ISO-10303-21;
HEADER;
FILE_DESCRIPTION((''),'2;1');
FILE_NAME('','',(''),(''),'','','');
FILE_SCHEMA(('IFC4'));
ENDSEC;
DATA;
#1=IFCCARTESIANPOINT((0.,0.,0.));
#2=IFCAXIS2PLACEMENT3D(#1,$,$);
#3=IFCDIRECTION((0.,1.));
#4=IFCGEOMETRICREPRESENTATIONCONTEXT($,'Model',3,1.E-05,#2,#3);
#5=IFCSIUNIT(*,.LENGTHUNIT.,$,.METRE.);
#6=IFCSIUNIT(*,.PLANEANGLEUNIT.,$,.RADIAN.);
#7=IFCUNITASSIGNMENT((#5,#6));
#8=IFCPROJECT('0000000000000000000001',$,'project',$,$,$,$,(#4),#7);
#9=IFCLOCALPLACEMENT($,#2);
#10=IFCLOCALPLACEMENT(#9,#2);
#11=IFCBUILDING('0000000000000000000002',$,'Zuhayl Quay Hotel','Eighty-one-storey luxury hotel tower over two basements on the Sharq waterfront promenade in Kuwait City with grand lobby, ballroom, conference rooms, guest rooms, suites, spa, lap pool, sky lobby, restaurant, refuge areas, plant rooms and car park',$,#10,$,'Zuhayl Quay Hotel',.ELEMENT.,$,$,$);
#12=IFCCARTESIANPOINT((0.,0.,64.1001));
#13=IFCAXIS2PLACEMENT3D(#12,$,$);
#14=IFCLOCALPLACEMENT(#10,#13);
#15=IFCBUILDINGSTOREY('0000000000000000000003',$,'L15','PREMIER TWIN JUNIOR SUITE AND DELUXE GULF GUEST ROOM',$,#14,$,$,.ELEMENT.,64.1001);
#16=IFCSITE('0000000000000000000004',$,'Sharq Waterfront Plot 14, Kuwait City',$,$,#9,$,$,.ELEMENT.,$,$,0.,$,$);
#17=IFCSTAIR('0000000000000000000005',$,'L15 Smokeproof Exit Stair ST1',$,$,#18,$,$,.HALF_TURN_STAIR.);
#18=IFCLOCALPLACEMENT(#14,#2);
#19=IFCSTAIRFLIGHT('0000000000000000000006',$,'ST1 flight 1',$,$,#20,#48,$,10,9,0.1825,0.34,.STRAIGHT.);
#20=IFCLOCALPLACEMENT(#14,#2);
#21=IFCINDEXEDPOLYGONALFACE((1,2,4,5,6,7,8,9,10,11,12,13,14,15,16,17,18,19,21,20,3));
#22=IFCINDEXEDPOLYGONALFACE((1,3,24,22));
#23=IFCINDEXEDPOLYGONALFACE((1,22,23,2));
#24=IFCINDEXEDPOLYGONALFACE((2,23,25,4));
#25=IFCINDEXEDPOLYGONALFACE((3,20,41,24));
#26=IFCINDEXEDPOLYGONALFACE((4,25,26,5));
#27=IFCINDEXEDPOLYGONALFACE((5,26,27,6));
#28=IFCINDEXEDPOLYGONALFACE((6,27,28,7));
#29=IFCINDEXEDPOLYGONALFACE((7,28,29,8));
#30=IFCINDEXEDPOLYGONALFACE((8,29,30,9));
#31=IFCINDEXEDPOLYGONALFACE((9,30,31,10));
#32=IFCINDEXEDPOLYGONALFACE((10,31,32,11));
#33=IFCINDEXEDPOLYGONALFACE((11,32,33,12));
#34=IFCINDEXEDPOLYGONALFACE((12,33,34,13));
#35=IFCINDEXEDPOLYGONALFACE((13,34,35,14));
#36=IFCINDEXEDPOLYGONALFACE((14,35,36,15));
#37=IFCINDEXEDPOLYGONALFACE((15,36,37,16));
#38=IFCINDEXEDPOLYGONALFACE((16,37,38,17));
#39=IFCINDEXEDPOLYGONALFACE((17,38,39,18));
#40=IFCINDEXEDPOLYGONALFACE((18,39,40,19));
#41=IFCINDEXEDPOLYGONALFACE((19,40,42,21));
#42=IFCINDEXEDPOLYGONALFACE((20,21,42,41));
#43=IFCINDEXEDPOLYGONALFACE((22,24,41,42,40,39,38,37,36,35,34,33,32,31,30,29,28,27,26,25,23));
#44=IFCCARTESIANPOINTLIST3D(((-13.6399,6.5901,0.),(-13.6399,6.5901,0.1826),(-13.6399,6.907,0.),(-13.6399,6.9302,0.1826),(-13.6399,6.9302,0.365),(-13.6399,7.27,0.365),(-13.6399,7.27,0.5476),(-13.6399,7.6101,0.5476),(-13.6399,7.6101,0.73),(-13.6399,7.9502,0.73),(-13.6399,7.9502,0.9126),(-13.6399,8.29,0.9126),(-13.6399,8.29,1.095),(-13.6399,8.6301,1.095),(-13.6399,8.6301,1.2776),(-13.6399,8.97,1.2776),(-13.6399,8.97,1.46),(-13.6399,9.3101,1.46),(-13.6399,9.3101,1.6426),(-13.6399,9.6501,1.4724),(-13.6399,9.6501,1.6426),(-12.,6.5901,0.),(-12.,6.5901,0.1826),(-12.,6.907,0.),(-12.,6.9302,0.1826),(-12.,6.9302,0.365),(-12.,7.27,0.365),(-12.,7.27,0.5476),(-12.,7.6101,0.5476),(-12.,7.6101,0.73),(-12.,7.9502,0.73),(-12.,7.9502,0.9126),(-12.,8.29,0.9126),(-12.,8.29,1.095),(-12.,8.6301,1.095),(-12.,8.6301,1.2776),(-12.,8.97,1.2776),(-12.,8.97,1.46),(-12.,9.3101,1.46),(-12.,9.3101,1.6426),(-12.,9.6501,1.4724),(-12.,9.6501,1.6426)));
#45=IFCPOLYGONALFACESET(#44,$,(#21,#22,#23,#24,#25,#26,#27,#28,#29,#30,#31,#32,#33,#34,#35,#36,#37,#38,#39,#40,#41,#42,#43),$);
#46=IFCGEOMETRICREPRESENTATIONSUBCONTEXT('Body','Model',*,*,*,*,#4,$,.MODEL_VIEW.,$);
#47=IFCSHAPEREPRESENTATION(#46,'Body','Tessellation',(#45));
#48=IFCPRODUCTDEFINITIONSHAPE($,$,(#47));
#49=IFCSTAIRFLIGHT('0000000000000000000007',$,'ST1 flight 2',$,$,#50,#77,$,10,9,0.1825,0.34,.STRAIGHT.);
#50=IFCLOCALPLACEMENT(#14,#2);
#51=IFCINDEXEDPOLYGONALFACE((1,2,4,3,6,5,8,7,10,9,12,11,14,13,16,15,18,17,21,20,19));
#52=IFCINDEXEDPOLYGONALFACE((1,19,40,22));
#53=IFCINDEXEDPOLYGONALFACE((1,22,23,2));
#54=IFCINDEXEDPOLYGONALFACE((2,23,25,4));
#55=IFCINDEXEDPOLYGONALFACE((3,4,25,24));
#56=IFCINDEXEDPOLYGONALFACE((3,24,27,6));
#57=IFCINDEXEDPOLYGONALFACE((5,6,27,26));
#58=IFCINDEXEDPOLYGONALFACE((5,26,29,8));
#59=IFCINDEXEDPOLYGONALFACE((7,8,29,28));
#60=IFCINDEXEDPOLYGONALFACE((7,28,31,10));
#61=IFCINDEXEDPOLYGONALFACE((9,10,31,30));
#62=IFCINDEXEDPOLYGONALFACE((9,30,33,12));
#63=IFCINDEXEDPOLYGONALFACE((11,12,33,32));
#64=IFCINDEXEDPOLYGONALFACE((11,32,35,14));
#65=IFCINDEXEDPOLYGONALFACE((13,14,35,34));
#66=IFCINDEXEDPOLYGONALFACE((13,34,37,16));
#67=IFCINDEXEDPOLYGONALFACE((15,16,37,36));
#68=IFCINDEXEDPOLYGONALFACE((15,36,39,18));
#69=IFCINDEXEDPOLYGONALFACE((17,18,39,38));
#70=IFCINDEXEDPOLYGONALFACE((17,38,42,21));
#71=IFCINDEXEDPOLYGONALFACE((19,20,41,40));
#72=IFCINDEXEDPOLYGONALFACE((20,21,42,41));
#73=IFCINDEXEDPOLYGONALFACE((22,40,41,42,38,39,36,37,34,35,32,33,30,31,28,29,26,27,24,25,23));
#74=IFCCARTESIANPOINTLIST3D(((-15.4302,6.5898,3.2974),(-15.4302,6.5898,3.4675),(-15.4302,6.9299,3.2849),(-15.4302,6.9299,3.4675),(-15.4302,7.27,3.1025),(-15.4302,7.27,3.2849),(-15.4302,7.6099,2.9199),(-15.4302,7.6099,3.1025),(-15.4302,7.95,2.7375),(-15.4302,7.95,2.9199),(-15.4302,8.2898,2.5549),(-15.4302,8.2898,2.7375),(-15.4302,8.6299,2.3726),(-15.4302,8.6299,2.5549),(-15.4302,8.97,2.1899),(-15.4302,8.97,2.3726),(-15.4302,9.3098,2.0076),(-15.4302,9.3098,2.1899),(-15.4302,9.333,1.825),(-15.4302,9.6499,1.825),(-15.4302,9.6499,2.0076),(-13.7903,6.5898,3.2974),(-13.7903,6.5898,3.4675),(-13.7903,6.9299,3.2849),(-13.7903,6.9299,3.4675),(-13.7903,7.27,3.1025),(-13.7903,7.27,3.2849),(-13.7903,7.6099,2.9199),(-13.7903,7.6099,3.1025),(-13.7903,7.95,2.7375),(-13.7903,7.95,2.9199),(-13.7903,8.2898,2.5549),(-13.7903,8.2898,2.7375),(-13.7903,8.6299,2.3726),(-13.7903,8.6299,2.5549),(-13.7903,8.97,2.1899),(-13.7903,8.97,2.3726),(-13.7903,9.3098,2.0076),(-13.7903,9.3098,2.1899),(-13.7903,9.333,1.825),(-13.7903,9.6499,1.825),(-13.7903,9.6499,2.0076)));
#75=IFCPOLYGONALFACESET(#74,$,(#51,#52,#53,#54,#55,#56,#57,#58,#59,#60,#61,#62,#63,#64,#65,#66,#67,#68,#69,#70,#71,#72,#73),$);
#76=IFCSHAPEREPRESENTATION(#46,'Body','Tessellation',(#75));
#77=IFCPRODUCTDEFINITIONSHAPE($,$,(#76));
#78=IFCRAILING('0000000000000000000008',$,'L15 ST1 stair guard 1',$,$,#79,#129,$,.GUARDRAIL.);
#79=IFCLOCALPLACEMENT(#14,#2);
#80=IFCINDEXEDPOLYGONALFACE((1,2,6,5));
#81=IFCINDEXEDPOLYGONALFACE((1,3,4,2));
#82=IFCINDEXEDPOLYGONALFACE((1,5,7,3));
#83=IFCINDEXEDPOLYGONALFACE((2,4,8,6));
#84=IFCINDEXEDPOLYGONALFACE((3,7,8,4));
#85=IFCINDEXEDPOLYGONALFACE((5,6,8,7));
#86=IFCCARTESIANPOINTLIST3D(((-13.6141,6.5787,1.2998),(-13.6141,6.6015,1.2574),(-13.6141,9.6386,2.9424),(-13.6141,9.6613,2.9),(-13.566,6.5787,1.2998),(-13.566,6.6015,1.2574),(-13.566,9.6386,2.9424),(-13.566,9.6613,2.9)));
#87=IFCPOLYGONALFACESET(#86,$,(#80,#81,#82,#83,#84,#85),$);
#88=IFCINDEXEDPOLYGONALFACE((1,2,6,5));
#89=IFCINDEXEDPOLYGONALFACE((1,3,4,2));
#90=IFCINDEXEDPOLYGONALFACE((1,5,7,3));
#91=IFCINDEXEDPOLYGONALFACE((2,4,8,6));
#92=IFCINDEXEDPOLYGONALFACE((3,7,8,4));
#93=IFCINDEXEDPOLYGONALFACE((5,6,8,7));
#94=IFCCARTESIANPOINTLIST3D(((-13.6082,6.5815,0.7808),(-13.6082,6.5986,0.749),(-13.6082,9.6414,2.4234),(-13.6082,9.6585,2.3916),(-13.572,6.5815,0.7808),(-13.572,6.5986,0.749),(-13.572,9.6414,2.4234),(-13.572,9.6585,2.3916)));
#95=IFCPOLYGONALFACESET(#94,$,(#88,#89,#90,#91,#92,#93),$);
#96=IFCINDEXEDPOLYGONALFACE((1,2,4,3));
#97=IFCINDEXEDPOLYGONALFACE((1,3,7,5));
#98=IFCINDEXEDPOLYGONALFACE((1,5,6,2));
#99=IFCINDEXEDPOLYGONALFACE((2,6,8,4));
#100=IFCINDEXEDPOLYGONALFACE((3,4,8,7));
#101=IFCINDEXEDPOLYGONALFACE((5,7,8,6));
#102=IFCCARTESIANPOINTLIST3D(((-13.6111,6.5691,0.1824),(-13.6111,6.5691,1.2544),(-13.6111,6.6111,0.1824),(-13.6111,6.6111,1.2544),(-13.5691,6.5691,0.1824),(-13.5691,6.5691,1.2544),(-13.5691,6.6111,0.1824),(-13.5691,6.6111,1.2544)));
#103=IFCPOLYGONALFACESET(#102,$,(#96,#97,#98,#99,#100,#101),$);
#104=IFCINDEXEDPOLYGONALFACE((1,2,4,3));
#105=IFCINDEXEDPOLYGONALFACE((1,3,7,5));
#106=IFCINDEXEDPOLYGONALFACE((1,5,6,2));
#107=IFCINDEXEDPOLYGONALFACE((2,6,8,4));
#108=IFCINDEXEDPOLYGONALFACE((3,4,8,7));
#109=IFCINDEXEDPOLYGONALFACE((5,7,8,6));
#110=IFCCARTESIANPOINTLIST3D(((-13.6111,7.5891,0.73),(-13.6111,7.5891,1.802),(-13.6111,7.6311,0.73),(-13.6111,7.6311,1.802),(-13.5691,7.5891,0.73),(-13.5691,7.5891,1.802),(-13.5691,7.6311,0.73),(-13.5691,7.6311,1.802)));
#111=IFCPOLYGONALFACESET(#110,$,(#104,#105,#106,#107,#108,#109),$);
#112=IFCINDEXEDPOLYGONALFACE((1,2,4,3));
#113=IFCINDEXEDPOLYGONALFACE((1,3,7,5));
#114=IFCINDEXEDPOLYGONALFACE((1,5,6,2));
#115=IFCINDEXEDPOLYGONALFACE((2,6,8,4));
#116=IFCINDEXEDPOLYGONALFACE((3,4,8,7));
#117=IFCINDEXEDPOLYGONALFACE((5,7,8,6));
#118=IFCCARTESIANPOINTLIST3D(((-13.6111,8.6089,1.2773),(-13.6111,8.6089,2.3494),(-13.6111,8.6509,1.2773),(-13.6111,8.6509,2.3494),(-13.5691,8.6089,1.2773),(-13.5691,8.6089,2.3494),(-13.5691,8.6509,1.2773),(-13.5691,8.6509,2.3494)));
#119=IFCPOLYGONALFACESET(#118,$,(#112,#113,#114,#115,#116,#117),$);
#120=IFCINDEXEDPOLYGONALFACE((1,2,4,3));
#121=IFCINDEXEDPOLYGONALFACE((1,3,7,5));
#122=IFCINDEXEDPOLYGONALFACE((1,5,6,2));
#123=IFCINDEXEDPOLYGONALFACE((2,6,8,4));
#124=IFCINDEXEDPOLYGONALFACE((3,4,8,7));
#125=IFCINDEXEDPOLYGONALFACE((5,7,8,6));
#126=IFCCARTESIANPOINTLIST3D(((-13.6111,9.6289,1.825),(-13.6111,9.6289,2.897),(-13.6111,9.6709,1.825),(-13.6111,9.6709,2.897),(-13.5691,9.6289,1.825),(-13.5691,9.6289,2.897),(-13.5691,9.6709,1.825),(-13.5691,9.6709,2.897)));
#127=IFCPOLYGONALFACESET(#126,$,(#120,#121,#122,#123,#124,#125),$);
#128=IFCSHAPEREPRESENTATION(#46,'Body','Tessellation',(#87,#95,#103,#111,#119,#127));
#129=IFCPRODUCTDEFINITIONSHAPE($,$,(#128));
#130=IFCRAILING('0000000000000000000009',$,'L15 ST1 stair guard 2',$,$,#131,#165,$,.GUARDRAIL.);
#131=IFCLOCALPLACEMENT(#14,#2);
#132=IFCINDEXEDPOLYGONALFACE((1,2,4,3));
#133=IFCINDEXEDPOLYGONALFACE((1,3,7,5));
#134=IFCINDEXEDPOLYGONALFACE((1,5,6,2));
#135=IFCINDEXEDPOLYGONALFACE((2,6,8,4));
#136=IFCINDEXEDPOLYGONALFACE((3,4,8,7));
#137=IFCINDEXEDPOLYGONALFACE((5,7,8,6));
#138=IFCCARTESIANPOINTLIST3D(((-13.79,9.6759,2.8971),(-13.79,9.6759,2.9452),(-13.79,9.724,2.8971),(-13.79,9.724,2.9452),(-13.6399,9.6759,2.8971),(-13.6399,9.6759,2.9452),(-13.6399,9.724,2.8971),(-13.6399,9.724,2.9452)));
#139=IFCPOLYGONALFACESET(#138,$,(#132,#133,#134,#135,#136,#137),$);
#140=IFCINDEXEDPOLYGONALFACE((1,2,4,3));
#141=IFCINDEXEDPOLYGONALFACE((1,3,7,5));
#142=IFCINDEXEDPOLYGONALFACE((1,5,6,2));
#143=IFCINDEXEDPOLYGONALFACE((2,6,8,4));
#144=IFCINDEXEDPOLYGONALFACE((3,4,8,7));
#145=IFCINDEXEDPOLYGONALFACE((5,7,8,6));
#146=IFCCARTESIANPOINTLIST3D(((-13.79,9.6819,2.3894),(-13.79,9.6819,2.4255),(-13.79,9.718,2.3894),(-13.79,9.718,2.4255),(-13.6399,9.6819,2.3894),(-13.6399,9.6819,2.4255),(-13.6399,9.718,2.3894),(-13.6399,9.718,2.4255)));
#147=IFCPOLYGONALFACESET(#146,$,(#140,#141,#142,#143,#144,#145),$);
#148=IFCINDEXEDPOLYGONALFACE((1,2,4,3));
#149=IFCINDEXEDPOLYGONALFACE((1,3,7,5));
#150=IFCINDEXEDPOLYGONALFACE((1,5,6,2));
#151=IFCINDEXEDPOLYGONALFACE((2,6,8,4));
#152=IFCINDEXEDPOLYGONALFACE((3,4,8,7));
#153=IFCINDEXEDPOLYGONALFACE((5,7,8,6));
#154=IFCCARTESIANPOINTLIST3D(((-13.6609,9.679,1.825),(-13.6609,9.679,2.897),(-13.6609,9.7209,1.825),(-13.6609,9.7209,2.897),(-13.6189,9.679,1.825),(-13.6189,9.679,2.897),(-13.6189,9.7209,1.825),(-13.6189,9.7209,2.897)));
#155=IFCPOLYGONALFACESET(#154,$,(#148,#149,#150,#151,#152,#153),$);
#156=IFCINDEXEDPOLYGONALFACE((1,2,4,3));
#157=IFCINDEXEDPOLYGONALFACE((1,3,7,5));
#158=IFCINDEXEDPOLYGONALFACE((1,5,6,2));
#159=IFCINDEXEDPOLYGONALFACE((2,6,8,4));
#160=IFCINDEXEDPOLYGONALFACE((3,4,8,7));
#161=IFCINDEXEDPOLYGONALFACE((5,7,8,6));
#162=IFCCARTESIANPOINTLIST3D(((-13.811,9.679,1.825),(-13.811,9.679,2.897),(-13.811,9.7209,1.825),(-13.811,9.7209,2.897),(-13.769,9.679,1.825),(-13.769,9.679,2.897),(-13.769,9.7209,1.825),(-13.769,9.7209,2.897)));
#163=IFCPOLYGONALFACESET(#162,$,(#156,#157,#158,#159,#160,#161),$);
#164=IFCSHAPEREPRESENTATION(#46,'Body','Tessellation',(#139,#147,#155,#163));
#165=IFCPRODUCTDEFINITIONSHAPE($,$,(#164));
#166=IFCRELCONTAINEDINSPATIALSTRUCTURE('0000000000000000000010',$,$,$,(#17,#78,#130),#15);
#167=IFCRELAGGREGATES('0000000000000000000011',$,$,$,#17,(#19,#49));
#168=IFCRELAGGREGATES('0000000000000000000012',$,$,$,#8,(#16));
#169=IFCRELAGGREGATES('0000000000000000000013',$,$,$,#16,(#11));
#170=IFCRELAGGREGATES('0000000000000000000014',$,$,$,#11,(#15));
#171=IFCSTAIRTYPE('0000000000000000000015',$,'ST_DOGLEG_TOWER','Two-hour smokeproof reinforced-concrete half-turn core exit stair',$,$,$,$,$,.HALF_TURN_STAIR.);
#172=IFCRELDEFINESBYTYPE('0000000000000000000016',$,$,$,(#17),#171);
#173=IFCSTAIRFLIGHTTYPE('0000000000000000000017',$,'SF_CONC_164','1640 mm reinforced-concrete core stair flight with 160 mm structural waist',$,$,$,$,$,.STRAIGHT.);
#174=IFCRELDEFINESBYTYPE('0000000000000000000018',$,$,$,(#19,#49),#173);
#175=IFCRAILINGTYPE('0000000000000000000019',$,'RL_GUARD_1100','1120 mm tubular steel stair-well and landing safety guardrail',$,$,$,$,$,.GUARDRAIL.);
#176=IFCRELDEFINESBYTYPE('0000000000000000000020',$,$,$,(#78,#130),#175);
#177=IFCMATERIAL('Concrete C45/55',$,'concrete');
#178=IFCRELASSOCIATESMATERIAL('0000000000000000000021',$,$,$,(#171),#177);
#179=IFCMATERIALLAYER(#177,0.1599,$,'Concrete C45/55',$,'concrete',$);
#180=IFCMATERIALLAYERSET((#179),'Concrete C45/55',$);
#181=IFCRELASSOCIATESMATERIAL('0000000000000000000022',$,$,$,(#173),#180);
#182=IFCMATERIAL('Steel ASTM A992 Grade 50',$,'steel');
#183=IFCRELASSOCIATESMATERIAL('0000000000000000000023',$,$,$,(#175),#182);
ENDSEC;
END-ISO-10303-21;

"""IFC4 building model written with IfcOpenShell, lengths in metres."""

from ifc_helpers import new_model, si_unit, direction, frame, origin, origin_2d, place, context, subcontext, project, spatial, polyline, rectangle, outline, extrude, material, layer, layer_set, type_object, element, aggregate, save


model = new_model("IFC4")

# Units and contexts
model_context = context("Model", 3, precision=1e-05, world=origin(), true_north=direction((0.0, 1.0)))
body_context = subcontext(model_context, "Body", "Model", "MODEL_VIEW")
ifc_project = project(units=[si_unit("LENGTHUNIT", "METRE"), si_unit("PLANEANGLEUNIT", "RADIAN")], contexts=[model_context])

# Site, building, storey
site_placement = place(None, origin())
site = spatial("IfcSite", under=ifc_project, at=site_placement, Name="Sharq Waterfront Plot 14, Kuwait City", CompositionType="ELEMENT", RefElevation=0.0)
building_placement = place(site_placement, origin())
building = spatial("IfcBuilding", under=site, at=building_placement, Name="Zuhayl Quay Hotel", Description="Eighty-one-storey luxury hotel tower over two basements on the Sharq waterfront promenade in Kuwait City with grand lobby, ballroom, conference rooms, guest rooms, suites, spa, lap pool, sky lobby, restaurant, refuge areas, plant rooms and car park", LongName="Zuhayl Quay Hotel", CompositionType="ELEMENT")
storey_placement = place(building_placement, frame((0.0, 0.0, 64.1001)))
storey = spatial("IfcBuildingStorey", under=building, at=storey_placement, Name="L15", Description="PREMIER TWIN JUNIOR SUITE AND DELUXE GULF GUEST ROOM", CompositionType="ELEMENT", Elevation=64.1001)

# Shared definitions
ifc_material_1 = material(Name="Steel ASTM A992 Grade 50", Category="steel")

# Stair, stair flights
ifc_material_2 = material(Name="Concrete C45/55", Category="concrete")
stair_type = type_object("IfcStairType", Name="ST_DOGLEG_TOWER", Description="Two-hour smokeproof reinforced-concrete half-turn core exit stair", PredefinedType="HALF_TURN_STAIR", material=ifc_material_2)
stair_placement = place(storey_placement, origin())
stair = element("IfcStair", 1, at=stair_placement, inside=storey, type_object=stair_type, Name="L15 Smokeproof Exit Stair ST1", PredefinedType="HALF_TURN_STAIR")
ifc_layer_1 = layer(ifc_material_2, 0.1599, Name="Concrete C45/55", Category="concrete")
ifc_layer_set_1 = layer_set([ifc_layer_1], Name="Concrete C45/55")
stair_flight_type = type_object("IfcStairFlightType", Name="SF_CONC_164", Description="1640 mm reinforced-concrete core stair flight with 160 mm structural waist", PredefinedType="STRAIGHT", material=ifc_layer_set_1)
stair_flight_1_placement = place(storey_placement, frame((-12.8201, 6.5901, 0.0), z_axis=(0.0, 0.0, 1.0), x_axis=(0.0, 1.0, 0.0)))
stair_flight_1 = element("IfcStairFlight", 2, at=stair_flight_1_placement, type_object=stair_flight_type, Name="ST1 flight 1", NumberOfRisers=10, NumberOfTreads=9, PredefinedType="STRAIGHT", RiserHeight=0.1825, TreadLength=0.34, context=body_context, shape_type="SweptSolid", body=[
    extrude(outline(polyline([(0.0, 0.0), (0.0, 0.1826), (0.3401, 0.1826), (0.3401, 0.365), (0.6799, 0.365), (0.6799, 0.5476), (1.02, 0.5476), (1.02, 0.73), (1.3601, 0.73), (1.3601, 0.9126), (1.7, 0.9126), (1.7, 1.095), (2.04, 1.095), (2.04, 1.2776), (2.3799, 1.2776), (2.3799, 1.46), (2.72, 1.46), (2.72, 1.6426), (3.0601, 1.6426), (3.0601, 1.825), (3.0601, 1.4724), (0.3169, 0.0), (0.0, 0.0)])), frame((0.0, 0.8198, 0.0), z_axis=(0.0, -1.0, 0.0), x_axis=(1.0, 0.0, 0.0)), (0.0, 0.0, 1.0), 1.6399),
])
stair_flight_2_placement = place(storey_placement, frame((-14.6101, 9.6499, 1.825), z_axis=(0.0, 0.0, 1.0), x_axis=(0.0, -1.0, 0.0)))
stair_flight_2 = element("IfcStairFlight", 3, at=stair_flight_2_placement, type_object=stair_flight_type, Name="ST1 flight 2", NumberOfRisers=10, NumberOfTreads=9, PredefinedType="STRAIGHT", RiserHeight=0.1825, TreadLength=0.34, context=body_context, shape_type="SweptSolid", body=[
    extrude(outline(polyline([(0.0, 0.0), (0.0, 0.1826), (0.3401, 0.1826), (0.3401, 0.365), (0.6799, 0.365), (0.6799, 0.5476), (1.02, 0.5476), (1.02, 0.73), (1.3601, 0.73), (1.3601, 0.9126), (1.7, 0.9126), (1.7, 1.095), (2.04, 1.095), (2.04, 1.2776), (2.3799, 1.2776), (2.3799, 1.46), (2.72, 1.46), (2.72, 1.6426), (3.0601, 1.6426), (3.0601, 1.825), (3.0601, 1.4724), (0.3169, 0.0), (0.0, 0.0)])), frame((0.0, 0.8198, 0.0), z_axis=(0.0, -1.0, 0.0), x_axis=(1.0, 0.0, 0.0)), (0.0, 0.0, 1.0), 1.6399),
])
aggregate(stair, [stair_flight_1, stair_flight_2])

# Railings
railing_type_1 = type_object("IfcRailingType", Name="RL_GUARD_1100", Description="1120 mm tubular steel stair-well and landing safety guardrail", PredefinedType="GUARDRAIL", material=ifc_material_1)
railing_1_placement = place(storey_placement, frame((-13.5901, 6.5901, 0.1824)))
element("IfcRailing", 4, at=railing_1_placement, inside=storey, type_object=railing_type_1, Name="L15 ST1 stair guard 1", PredefinedType="GUARDRAIL", context=body_context, shape_type="SweptSolid", body=[
    extrude(rectangle(XDim=0.0481, YDim=0.0481, at=origin_2d()), frame((0.0, 0.0, 1.0962), z_axis=(0.0, 0.881073, 0.47298), x_axis=(-1.0, 0.0, 0.0)), (0.0, 0.0, 1.0), 3.4729),
    extrude(rectangle(XDim=0.0361, YDim=0.0361, at=origin_2d()), frame((0.0, 0.0, 0.5825), z_axis=(0.0, 0.881073, 0.47298), x_axis=(-1.0, 0.0, 0.0)), (0.0, 0.0, 1.0), 3.4729),
    extrude(rectangle(XDim=0.042, YDim=0.042, at=origin_2d()), origin(), (0.0, 0.0, 1.0), 1.072),
    extrude(rectangle(XDim=0.042, YDim=0.042, at=origin_2d()), frame((0.0, 1.02, 0.5476)), (0.0, 0.0, 1.0), 1.072),
    extrude(rectangle(XDim=0.042, YDim=0.042, at=origin_2d()), frame((0.0, 2.0398, 1.095)), (0.0, 0.0, 1.0), 1.072),
    extrude(rectangle(XDim=0.042, YDim=0.042, at=origin_2d()), frame((0.0, 3.0598, 1.6426)), (0.0, 0.0, 1.0), 1.072),
])
railing_2_placement = place(storey_placement, frame((-13.6399, 9.7, 1.825)))
element("IfcRailing", 5, at=railing_2_placement, inside=storey, type_object=railing_type_1, Name="L15 ST1 stair guard 2", PredefinedType="GUARDRAIL", context=body_context, shape_type="SweptSolid", body=[
    extrude(rectangle(XDim=0.0481, YDim=0.0481, at=origin_2d()), frame((0.0, 0.0, 1.0962), z_axis=(-1.0, 0.0, 0.0), x_axis=(0.0, -1.0, 0.0)), (0.0, 0.0, 1.0), 0.1501),
    extrude(rectangle(XDim=0.0361, YDim=0.0361, at=origin_2d()), frame((0.0, 0.0, 0.5825), z_axis=(-1.0, 0.0, 0.0), x_axis=(0.0, -1.0, 0.0)), (0.0, 0.0, 1.0), 0.1501),
    extrude(rectangle(XDim=0.042, YDim=0.042, at=origin_2d()), origin(), (0.0, 0.0, 1.0), 1.072),
    extrude(rectangle(XDim=0.042, YDim=0.042, at=origin_2d()), frame((-0.1501, 0.0, 0.0)), (0.0, 0.0, 1.0), 1.072),
])

save(model, "model.ifc")
